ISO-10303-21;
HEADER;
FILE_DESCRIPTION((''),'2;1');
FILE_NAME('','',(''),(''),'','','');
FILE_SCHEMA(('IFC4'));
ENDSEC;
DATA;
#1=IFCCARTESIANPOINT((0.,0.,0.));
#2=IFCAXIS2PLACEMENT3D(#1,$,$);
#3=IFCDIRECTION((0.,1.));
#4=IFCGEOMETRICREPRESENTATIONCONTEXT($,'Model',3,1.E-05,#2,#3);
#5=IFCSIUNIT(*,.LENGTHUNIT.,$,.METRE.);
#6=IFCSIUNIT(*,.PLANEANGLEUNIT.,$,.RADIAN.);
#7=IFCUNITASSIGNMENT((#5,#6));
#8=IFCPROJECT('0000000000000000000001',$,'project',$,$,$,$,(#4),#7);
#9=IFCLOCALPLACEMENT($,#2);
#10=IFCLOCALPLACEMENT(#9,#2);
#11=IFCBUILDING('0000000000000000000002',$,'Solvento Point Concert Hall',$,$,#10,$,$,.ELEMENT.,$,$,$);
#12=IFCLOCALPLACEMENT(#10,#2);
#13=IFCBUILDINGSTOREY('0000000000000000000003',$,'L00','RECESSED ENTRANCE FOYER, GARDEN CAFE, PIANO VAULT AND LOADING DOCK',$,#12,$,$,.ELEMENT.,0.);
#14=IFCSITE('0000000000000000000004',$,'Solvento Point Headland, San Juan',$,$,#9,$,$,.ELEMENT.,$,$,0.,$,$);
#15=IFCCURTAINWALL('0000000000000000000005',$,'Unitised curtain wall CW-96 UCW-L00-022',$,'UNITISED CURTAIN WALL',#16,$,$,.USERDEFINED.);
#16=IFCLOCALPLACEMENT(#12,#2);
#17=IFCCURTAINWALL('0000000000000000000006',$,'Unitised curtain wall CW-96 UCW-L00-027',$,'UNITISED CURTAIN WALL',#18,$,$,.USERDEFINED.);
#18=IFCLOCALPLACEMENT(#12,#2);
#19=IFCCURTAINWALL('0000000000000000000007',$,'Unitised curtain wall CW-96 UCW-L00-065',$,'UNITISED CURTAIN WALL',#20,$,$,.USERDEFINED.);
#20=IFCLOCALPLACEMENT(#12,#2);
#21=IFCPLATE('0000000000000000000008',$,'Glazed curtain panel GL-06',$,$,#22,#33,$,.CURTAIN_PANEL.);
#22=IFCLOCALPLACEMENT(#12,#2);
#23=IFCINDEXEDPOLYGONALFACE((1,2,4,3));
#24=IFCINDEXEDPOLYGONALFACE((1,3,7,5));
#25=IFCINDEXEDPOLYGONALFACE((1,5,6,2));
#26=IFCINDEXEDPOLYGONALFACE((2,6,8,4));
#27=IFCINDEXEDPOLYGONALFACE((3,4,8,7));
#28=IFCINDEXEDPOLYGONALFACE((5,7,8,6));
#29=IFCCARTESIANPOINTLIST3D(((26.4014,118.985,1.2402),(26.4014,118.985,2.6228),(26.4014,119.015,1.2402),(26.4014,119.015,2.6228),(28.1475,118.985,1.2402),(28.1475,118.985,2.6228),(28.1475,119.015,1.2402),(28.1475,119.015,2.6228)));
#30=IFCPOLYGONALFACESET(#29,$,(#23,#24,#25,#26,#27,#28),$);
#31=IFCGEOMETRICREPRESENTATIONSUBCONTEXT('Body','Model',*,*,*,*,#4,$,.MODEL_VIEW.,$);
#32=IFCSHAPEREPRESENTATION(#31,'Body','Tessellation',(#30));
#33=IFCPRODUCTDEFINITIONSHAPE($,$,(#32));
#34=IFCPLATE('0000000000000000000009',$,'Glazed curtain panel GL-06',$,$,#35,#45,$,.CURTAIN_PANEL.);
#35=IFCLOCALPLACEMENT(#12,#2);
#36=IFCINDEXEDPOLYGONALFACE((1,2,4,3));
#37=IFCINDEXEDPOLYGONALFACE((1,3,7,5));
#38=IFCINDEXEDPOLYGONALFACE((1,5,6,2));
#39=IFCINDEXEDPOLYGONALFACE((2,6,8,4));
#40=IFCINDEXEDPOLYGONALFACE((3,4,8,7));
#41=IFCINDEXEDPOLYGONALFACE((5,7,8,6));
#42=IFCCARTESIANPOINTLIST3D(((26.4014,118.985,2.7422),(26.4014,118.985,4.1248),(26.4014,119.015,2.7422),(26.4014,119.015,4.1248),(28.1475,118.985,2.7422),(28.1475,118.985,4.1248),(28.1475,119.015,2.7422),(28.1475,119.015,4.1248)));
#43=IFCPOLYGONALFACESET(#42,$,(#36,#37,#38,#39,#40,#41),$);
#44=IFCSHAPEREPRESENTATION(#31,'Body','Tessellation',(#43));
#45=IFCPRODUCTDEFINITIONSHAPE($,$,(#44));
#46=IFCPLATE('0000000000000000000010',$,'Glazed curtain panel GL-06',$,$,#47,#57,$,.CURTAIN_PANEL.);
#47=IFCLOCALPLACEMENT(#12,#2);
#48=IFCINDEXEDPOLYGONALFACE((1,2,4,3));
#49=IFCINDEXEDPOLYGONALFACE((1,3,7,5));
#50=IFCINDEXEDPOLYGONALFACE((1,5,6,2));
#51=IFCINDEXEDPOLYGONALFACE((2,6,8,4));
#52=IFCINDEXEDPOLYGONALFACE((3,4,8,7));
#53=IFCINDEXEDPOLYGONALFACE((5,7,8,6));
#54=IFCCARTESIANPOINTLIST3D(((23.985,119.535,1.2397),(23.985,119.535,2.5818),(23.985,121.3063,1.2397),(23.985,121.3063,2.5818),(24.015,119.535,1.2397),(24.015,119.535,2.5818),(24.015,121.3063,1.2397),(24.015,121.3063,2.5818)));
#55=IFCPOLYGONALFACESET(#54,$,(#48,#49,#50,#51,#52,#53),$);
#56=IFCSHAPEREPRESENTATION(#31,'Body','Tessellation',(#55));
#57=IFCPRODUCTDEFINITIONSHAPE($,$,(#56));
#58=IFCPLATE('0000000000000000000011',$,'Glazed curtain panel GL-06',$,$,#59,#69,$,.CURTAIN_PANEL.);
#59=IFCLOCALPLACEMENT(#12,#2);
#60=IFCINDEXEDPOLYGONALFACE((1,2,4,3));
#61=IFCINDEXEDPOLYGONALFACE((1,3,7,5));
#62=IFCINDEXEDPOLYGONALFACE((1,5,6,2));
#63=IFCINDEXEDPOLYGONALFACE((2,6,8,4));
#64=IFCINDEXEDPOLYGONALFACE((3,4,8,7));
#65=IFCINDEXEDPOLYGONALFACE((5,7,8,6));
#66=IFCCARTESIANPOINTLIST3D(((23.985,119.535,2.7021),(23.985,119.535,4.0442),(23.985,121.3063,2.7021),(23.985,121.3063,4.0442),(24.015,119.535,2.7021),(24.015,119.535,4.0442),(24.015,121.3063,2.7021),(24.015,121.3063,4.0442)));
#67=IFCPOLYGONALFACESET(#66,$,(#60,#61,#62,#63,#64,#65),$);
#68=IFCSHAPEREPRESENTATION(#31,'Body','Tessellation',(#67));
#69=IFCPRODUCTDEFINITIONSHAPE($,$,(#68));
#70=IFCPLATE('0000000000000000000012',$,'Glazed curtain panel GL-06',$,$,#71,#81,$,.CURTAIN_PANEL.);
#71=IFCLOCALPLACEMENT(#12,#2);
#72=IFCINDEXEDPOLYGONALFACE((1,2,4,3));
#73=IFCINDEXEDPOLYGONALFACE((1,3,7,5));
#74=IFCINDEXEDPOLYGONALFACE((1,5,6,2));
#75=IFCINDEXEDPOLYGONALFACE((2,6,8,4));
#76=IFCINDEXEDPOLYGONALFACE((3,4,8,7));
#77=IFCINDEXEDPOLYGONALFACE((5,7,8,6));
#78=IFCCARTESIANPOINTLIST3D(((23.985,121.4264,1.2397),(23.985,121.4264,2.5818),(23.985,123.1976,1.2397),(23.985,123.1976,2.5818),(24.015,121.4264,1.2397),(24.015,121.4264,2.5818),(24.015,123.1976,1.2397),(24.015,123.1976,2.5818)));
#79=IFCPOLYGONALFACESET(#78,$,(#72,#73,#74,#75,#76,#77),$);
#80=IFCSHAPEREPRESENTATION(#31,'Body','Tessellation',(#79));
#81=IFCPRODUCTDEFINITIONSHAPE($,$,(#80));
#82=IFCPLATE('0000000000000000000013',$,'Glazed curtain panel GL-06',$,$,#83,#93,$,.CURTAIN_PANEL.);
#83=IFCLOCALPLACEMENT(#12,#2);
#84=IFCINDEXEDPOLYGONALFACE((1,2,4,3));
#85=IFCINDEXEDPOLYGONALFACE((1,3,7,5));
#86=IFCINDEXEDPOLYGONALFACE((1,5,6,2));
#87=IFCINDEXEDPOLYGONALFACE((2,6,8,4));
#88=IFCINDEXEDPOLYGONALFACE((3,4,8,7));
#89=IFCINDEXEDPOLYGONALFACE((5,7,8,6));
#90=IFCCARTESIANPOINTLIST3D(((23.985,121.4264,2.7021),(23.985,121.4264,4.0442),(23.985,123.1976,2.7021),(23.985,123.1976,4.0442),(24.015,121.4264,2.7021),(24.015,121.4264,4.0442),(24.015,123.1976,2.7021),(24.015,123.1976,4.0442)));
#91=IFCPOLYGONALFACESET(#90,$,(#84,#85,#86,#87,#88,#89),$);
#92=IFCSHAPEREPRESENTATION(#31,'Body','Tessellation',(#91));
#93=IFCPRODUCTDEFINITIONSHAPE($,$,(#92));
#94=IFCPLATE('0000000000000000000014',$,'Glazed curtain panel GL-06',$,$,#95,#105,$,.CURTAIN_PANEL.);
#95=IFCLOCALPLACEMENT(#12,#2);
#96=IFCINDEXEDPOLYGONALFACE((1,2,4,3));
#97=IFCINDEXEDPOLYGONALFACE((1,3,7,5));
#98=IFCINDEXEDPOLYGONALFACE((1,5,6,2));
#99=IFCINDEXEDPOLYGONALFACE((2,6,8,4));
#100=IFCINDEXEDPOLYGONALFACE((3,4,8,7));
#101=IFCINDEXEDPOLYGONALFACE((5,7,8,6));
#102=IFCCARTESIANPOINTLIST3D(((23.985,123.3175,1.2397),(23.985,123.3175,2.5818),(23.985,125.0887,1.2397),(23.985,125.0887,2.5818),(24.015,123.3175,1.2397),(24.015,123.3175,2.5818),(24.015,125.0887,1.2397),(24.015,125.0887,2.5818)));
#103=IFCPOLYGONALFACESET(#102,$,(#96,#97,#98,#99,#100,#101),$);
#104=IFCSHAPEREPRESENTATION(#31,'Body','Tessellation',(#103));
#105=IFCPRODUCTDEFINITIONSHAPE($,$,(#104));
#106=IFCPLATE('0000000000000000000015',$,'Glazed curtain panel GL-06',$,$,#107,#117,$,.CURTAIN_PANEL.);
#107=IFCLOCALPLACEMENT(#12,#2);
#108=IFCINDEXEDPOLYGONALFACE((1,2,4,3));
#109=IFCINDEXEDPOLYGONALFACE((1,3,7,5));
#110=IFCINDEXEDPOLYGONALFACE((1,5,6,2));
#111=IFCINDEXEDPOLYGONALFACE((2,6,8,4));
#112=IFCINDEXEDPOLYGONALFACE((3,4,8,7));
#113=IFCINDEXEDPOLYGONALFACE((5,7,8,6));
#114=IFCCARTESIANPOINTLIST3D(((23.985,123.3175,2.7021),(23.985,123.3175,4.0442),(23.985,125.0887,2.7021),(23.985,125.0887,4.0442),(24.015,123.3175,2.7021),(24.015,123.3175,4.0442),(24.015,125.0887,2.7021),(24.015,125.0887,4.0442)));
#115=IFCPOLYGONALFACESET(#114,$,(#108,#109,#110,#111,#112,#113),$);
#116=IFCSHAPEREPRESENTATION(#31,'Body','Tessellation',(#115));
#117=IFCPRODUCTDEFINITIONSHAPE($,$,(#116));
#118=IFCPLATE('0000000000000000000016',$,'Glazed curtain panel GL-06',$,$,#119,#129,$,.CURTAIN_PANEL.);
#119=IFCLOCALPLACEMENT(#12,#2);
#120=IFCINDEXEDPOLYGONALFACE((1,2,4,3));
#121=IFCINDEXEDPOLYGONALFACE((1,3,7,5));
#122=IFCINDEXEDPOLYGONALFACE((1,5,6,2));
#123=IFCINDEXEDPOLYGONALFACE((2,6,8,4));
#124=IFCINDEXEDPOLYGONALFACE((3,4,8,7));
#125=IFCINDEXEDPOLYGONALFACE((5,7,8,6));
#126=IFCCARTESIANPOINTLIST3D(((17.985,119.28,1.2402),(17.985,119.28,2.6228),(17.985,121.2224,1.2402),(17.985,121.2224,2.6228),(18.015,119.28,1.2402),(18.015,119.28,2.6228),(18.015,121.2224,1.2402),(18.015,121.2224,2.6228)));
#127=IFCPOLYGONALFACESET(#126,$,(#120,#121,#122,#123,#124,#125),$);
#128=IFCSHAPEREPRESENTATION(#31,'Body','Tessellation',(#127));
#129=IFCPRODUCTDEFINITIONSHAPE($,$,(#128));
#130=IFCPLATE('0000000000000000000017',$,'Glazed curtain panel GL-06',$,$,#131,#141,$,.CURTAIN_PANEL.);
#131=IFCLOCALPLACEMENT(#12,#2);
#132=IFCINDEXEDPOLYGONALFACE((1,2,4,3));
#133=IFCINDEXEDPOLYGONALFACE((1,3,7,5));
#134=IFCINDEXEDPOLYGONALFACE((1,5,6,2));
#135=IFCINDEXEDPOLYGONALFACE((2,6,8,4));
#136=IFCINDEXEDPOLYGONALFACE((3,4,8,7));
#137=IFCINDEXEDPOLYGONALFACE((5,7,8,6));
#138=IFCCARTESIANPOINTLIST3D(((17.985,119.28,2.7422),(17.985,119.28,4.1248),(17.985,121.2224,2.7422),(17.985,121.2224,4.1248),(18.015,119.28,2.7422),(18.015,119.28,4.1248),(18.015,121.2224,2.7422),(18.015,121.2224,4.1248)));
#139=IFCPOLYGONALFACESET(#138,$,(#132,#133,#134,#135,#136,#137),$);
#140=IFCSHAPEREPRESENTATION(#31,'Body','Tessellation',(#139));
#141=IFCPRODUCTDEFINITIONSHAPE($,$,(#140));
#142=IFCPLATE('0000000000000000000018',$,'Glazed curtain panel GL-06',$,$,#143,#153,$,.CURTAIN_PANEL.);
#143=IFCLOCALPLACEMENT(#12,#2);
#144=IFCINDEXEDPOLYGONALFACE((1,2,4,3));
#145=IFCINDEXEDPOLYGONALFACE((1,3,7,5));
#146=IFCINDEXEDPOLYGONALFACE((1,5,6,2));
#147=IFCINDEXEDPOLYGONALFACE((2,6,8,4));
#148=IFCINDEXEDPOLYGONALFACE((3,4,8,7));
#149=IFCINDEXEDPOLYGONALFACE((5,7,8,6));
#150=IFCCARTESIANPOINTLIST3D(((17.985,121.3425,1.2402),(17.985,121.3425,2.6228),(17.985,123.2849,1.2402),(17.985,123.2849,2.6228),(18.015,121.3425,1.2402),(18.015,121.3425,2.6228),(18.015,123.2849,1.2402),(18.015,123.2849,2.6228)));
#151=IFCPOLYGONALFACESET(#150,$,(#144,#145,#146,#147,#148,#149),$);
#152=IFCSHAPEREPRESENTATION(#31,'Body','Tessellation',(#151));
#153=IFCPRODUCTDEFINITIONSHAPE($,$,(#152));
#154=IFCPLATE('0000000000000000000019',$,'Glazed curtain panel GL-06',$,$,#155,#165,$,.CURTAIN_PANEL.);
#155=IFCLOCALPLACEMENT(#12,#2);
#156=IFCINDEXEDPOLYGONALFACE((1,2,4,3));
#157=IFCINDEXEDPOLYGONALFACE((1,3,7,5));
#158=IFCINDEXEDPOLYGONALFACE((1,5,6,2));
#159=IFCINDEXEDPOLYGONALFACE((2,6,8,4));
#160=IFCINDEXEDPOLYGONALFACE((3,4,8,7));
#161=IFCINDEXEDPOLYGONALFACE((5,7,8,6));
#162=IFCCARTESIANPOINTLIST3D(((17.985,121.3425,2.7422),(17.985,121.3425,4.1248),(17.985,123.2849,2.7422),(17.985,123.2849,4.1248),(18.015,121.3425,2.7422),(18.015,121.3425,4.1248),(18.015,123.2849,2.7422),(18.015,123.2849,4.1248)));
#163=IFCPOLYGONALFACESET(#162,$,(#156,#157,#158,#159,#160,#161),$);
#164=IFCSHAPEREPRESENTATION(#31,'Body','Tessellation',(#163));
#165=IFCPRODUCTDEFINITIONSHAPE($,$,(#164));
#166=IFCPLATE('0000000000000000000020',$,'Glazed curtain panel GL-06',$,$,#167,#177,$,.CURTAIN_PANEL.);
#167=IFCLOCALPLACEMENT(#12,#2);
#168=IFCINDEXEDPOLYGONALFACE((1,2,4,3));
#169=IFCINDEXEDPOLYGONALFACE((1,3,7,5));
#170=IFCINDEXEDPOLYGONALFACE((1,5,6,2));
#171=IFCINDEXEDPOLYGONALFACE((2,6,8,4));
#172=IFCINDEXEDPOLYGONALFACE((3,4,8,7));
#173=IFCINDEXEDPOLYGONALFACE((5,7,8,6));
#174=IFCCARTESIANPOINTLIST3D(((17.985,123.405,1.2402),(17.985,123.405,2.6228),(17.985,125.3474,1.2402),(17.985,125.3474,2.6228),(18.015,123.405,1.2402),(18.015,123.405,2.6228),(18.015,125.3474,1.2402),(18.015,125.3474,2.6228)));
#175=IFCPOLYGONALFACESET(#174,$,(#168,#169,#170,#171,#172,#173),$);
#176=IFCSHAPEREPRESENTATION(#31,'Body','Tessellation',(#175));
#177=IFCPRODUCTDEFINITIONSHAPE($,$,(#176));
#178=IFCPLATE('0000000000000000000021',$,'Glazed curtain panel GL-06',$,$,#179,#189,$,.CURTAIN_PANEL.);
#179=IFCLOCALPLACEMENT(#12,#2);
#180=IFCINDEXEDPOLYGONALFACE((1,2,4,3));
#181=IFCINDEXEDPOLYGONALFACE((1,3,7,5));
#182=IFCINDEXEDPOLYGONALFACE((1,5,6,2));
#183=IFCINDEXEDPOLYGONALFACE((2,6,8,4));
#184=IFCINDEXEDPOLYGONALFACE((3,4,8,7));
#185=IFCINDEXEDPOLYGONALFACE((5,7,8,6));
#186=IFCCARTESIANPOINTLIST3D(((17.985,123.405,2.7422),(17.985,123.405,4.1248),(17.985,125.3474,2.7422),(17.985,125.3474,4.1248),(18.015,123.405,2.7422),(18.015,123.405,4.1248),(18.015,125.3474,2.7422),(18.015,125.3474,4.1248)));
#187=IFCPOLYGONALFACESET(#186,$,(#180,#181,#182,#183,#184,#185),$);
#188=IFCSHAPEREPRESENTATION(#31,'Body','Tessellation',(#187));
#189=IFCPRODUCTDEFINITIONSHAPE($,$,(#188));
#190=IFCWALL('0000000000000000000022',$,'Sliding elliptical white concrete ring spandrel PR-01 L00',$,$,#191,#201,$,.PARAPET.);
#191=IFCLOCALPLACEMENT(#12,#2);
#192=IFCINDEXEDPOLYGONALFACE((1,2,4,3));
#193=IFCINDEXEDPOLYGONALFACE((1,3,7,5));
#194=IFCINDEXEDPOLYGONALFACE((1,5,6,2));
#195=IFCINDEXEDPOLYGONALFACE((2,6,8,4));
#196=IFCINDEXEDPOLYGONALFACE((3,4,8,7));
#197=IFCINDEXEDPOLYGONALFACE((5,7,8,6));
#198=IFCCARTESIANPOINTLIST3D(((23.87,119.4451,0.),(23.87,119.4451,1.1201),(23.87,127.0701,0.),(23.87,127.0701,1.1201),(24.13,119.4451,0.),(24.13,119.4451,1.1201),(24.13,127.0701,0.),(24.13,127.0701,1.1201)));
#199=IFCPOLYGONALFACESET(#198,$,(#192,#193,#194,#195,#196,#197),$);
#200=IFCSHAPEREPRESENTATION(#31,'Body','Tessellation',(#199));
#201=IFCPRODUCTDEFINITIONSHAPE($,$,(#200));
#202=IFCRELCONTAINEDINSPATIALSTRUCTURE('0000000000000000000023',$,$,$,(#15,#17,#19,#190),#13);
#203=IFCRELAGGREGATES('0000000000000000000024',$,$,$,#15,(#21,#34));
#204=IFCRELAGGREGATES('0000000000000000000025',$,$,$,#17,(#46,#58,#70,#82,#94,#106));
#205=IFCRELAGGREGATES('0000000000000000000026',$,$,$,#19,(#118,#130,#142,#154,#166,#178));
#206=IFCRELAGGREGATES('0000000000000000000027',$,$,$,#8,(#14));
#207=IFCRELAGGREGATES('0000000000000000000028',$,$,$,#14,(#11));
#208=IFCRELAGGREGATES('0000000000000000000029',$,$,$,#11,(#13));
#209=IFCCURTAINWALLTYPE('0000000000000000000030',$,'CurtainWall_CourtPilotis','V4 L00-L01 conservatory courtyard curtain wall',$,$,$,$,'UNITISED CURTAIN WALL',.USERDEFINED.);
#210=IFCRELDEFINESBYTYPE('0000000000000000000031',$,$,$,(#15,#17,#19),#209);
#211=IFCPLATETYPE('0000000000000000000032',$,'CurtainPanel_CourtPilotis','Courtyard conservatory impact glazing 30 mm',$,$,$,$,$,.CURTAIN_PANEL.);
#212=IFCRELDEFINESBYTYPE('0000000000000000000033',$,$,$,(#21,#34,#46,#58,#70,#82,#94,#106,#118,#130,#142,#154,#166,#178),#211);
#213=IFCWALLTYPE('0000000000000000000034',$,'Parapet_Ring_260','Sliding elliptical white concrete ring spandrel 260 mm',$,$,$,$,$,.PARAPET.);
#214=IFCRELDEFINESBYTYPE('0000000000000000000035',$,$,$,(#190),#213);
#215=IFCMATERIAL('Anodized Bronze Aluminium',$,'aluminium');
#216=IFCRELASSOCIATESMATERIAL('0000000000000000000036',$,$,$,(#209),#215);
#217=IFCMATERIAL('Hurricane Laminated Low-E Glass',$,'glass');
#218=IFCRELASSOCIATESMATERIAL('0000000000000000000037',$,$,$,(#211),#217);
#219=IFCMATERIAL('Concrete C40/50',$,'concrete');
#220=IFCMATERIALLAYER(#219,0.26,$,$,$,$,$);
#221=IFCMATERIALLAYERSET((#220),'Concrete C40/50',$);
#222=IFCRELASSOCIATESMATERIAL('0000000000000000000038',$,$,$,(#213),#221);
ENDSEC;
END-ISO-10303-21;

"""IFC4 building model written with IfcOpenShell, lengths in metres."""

from ifc_helpers import new_model, si_unit, direction, frame, frame_2d, origin, origin_2d, place, context, subcontext, project, spatial, rectangle, extrude, material, layer, layer_set, type_object, element, aggregate, save


model = new_model("IFC4")

# Units and contexts
model_context = context("Model", 3, precision=1e-05, world=origin(), true_north=direction((0.0, 1.0)))
body_context = subcontext(model_context, "Body", "Model", "MODEL_VIEW")
ifc_project = project(units=[si_unit("LENGTHUNIT", "METRE"), si_unit("PLANEANGLEUNIT", "RADIAN")], contexts=[model_context])

# Site, building, storey
site_placement = place(None, origin())
site = spatial("IfcSite", under=ifc_project, at=site_placement, Name="Solvento Point Headland, San Juan", CompositionType="ELEMENT", RefElevation=0.0)
building_placement = place(site_placement, origin())
building = spatial("IfcBuilding", under=site, at=building_placement, Name="Solvento Point Concert Hall", CompositionType="ELEMENT")
storey_placement = place(building_placement, origin())
storey = spatial("IfcBuildingStorey", under=building, at=storey_placement, Name="L00", Description="RECESSED ENTRANCE FOYER, GARDEN CAFE, PIANO VAULT AND LOADING DOCK", CompositionType="ELEMENT", Elevation=0.0)

# Curtain walls
ifc_material_1 = material(Name="Anodized Bronze Aluminium", Category="aluminium")
curtain_wall_type = type_object("IfcCurtainWallType", Name="CurtainWall_CourtPilotis", Description="V4 L00-L01 conservatory courtyard curtain wall", ElementType="UNITISED CURTAIN WALL", PredefinedType="USERDEFINED", material=ifc_material_1)
curtain_wall_1_placement = place(storey_placement, origin())
curtain_wall_1 = element("IfcCurtainWall", 1, at=curtain_wall_1_placement, inside=storey, type_object=curtain_wall_type, Name="Unitised curtain wall CW-96 UCW-L00-022", ObjectType="UNITISED CURTAIN WALL", PredefinedType="USERDEFINED")
curtain_wall_2_placement = place(storey_placement, origin())
curtain_wall_2 = element("IfcCurtainWall", 2, at=curtain_wall_2_placement, inside=storey, type_object=curtain_wall_type, Name="Unitised curtain wall CW-96 UCW-L00-027", ObjectType="UNITISED CURTAIN WALL", PredefinedType="USERDEFINED")
curtain_wall_3_placement = place(storey_placement, origin())
curtain_wall_3 = element("IfcCurtainWall", 3, at=curtain_wall_3_placement, inside=storey, type_object=curtain_wall_type, Name="Unitised curtain wall CW-96 UCW-L00-065", ObjectType="UNITISED CURTAIN WALL", PredefinedType="USERDEFINED")

# Plates
ifc_material_2 = material(Name="Hurricane Laminated Low-E Glass", Category="glass")
plate_type = type_object("IfcPlateType", Name="CurtainPanel_CourtPilotis", Description="Courtyard conservatory impact glazing 30 mm", PredefinedType="CURTAIN_PANEL", material=ifc_material_2)
plate_1_placement = place(storey_placement, frame((27.2744, 119.0, 1.2402), z_axis=(0.0, 0.0, 1.0), x_axis=(1.0, 0.0, 0.0)))
plate_1 = element("IfcPlate", 4, at=plate_1_placement, type_object=plate_type, Name="Glazed curtain panel GL-06", PredefinedType="CURTAIN_PANEL", context=body_context, shape_type="SweptSolid", body=[
    extrude(rectangle(XDim=1.7461, YDim=0.03, at=origin_2d()), origin(), (0.0, 0.0, 1.0), 1.3826),
])
plate_2_placement = place(storey_placement, frame((27.2744, 119.0, 2.7422), z_axis=(0.0, 0.0, 1.0), x_axis=(1.0, 0.0, 0.0)))
plate_2 = element("IfcPlate", 5, at=plate_2_placement, type_object=plate_type, Name="Glazed curtain panel GL-06", PredefinedType="CURTAIN_PANEL", context=body_context, shape_type="SweptSolid", body=[
    extrude(rectangle(XDim=1.7461, YDim=0.03, at=origin_2d()), origin(), (0.0, 0.0, 1.0), 1.3826),
])
aggregate(curtain_wall_1, [plate_1, plate_2])
plate_3_placement = place(storey_placement, frame((24.0, 120.4207, 1.2397), z_axis=(0.0, 0.0, 1.0), x_axis=(0.0, 1.0, 0.0)))
plate_3 = element("IfcPlate", 6, at=plate_3_placement, type_object=plate_type, Name="Glazed curtain panel GL-06", PredefinedType="CURTAIN_PANEL", context=body_context, shape_type="SweptSolid", body=[
    extrude(rectangle(XDim=1.7712, YDim=0.03, at=origin_2d()), origin(), (0.0, 0.0, 1.0), 1.342),
])
plate_4_placement = place(storey_placement, frame((24.0, 120.4207, 2.7021), z_axis=(0.0, 0.0, 1.0), x_axis=(0.0, 1.0, 0.0)))
plate_4 = element("IfcPlate", 7, at=plate_4_placement, type_object=plate_type, Name="Glazed curtain panel GL-06", PredefinedType="CURTAIN_PANEL", context=body_context, shape_type="SweptSolid", body=[
    extrude(rectangle(XDim=1.7712, YDim=0.03, at=origin_2d()), origin(), (0.0, 0.0, 1.0), 1.342),
])
plate_5_placement = place(storey_placement, frame((24.0, 122.312, 1.2397), z_axis=(0.0, 0.0, 1.0), x_axis=(0.0, 1.0, 0.0)))
plate_5 = element("IfcPlate", 8, at=plate_5_placement, type_object=plate_type, Name="Glazed curtain panel GL-06", PredefinedType="CURTAIN_PANEL", context=body_context, shape_type="SweptSolid", body=[
    extrude(rectangle(XDim=1.7712, YDim=0.03, at=origin_2d()), origin(), (0.0, 0.0, 1.0), 1.342),
])
plate_6_placement = place(storey_placement, frame((24.0, 122.312, 2.7021), z_axis=(0.0, 0.0, 1.0), x_axis=(0.0, 1.0, 0.0)))
plate_6 = element("IfcPlate", 9, at=plate_6_placement, type_object=plate_type, Name="Glazed curtain panel GL-06", PredefinedType="CURTAIN_PANEL", context=body_context, shape_type="SweptSolid", body=[
    extrude(rectangle(XDim=1.7712, YDim=0.03, at=origin_2d()), origin(), (0.0, 0.0, 1.0), 1.342),
])
plate_7_placement = place(storey_placement, frame((24.0, 124.2031, 1.2397), z_axis=(0.0, 0.0, 1.0), x_axis=(0.0, 1.0, 0.0)))
plate_7 = element("IfcPlate", 10, at=plate_7_placement, type_object=plate_type, Name="Glazed curtain panel GL-06", PredefinedType="CURTAIN_PANEL", context=body_context, shape_type="SweptSolid", body=[
    extrude(rectangle(XDim=1.7712, YDim=0.03, at=origin_2d()), origin(), (0.0, 0.0, 1.0), 1.342),
])
plate_8_placement = place(storey_placement, frame((24.0, 124.2031, 2.7021), z_axis=(0.0, 0.0, 1.0), x_axis=(0.0, 1.0, 0.0)))
plate_8 = element("IfcPlate", 11, at=plate_8_placement, type_object=plate_type, Name="Glazed curtain panel GL-06", PredefinedType="CURTAIN_PANEL", context=body_context, shape_type="SweptSolid", body=[
    extrude(rectangle(XDim=1.7712, YDim=0.03, at=origin_2d()), origin(), (0.0, 0.0, 1.0), 1.342),
])
aggregate(curtain_wall_2, [plate_3, plate_4, plate_5, plate_6, plate_7, plate_8])
plate_9_placement = place(storey_placement, frame((18.0, 120.2512, 1.2402), z_axis=(0.0, 0.0, 1.0), x_axis=(0.0, 1.0, 0.0)))
plate_9 = element("IfcPlate", 12, at=plate_9_placement, type_object=plate_type, Name="Glazed curtain panel GL-06", PredefinedType="CURTAIN_PANEL", context=body_context, shape_type="SweptSolid", body=[
    extrude(rectangle(XDim=1.9424, YDim=0.03, at=origin_2d()), origin(), (0.0, 0.0, 1.0), 1.3826),
])
plate_10_placement = place(storey_placement, frame((18.0, 120.2512, 2.7422), z_axis=(0.0, 0.0, 1.0), x_axis=(0.0, 1.0, 0.0)))
plate_10 = element("IfcPlate", 13, at=plate_10_placement, type_object=plate_type, Name="Glazed curtain panel GL-06", PredefinedType="CURTAIN_PANEL", context=body_context, shape_type="SweptSolid", body=[
    extrude(rectangle(XDim=1.9424, YDim=0.03, at=origin_2d()), origin(), (0.0, 0.0, 1.0), 1.3826),
])
plate_11_placement = place(storey_placement, frame((18.0, 122.3137, 1.2402), z_axis=(0.0, 0.0, 1.0), x_axis=(0.0, 1.0, 0.0)))
plate_11 = element("IfcPlate", 14, at=plate_11_placement, type_object=plate_type, Name="Glazed curtain panel GL-06", PredefinedType="CURTAIN_PANEL", context=body_context, shape_type="SweptSolid", body=[
    extrude(rectangle(XDim=1.9424, YDim=0.03, at=origin_2d()), origin(), (0.0, 0.0, 1.0), 1.3826),
])
plate_12_placement = place(storey_placement, frame((18.0, 122.3137, 2.7422), z_axis=(0.0, 0.0, 1.0), x_axis=(0.0, 1.0, 0.0)))
plate_12 = element("IfcPlate", 15, at=plate_12_placement, type_object=plate_type, Name="Glazed curtain panel GL-06", PredefinedType="CURTAIN_PANEL", context=body_context, shape_type="SweptSolid", body=[
    extrude(rectangle(XDim=1.9424, YDim=0.03, at=origin_2d()), origin(), (0.0, 0.0, 1.0), 1.3826),
])
plate_13_placement = place(storey_placement, frame((18.0, 124.3762, 1.2402), z_axis=(0.0, 0.0, 1.0), x_axis=(0.0, 1.0, 0.0)))
plate_13 = element("IfcPlate", 16, at=plate_13_placement, type_object=plate_type, Name="Glazed curtain panel GL-06", PredefinedType="CURTAIN_PANEL", context=body_context, shape_type="SweptSolid", body=[
    extrude(rectangle(XDim=1.9424, YDim=0.03, at=origin_2d()), origin(), (0.0, 0.0, 1.0), 1.3826),
])
plate_14_placement = place(storey_placement, frame((18.0, 124.3762, 2.7422), z_axis=(0.0, 0.0, 1.0), x_axis=(0.0, 1.0, 0.0)))
plate_14 = element("IfcPlate", 17, at=plate_14_placement, type_object=plate_type, Name="Glazed curtain panel GL-06", PredefinedType="CURTAIN_PANEL", context=body_context, shape_type="SweptSolid", body=[
    extrude(rectangle(XDim=1.9424, YDim=0.03, at=origin_2d()), origin(), (0.0, 0.0, 1.0), 1.3826),
])
aggregate(curtain_wall_3, [plate_9, plate_10, plate_11, plate_12, plate_13, plate_14])

# Wall
ifc_material_3 = material(Name="Concrete C40/50", Category="concrete")
ifc_layer_1 = layer(ifc_material_3, 0.26)
ifc_layer_set_1 = layer_set([ifc_layer_1], Name="Concrete C40/50")
wall_type = type_object("IfcWallType", Name="Parapet_Ring_260", Description="Sliding elliptical white concrete ring spandrel 260 mm", PredefinedType="PARAPET", material=ifc_layer_set_1)
wall_placement = place(storey_placement, frame((24.0, 119.4451, 0.0), z_axis=(0.0, 0.0, 1.0), x_axis=(0.0, 1.0, 0.0)))
element("IfcWall", 18, at=wall_placement, inside=storey, type_object=wall_type, Name="Sliding elliptical white concrete ring spandrel PR-01 L00", PredefinedType="PARAPET", context=body_context, shape_type="SweptSolid", body=[
    extrude(rectangle(XDim=7.625, YDim=0.26, at=frame_2d((3.8125, 0.0))), origin(), (0.0, 0.0, 1.0), 1.1201),
])

save(model, "model.ifc")
